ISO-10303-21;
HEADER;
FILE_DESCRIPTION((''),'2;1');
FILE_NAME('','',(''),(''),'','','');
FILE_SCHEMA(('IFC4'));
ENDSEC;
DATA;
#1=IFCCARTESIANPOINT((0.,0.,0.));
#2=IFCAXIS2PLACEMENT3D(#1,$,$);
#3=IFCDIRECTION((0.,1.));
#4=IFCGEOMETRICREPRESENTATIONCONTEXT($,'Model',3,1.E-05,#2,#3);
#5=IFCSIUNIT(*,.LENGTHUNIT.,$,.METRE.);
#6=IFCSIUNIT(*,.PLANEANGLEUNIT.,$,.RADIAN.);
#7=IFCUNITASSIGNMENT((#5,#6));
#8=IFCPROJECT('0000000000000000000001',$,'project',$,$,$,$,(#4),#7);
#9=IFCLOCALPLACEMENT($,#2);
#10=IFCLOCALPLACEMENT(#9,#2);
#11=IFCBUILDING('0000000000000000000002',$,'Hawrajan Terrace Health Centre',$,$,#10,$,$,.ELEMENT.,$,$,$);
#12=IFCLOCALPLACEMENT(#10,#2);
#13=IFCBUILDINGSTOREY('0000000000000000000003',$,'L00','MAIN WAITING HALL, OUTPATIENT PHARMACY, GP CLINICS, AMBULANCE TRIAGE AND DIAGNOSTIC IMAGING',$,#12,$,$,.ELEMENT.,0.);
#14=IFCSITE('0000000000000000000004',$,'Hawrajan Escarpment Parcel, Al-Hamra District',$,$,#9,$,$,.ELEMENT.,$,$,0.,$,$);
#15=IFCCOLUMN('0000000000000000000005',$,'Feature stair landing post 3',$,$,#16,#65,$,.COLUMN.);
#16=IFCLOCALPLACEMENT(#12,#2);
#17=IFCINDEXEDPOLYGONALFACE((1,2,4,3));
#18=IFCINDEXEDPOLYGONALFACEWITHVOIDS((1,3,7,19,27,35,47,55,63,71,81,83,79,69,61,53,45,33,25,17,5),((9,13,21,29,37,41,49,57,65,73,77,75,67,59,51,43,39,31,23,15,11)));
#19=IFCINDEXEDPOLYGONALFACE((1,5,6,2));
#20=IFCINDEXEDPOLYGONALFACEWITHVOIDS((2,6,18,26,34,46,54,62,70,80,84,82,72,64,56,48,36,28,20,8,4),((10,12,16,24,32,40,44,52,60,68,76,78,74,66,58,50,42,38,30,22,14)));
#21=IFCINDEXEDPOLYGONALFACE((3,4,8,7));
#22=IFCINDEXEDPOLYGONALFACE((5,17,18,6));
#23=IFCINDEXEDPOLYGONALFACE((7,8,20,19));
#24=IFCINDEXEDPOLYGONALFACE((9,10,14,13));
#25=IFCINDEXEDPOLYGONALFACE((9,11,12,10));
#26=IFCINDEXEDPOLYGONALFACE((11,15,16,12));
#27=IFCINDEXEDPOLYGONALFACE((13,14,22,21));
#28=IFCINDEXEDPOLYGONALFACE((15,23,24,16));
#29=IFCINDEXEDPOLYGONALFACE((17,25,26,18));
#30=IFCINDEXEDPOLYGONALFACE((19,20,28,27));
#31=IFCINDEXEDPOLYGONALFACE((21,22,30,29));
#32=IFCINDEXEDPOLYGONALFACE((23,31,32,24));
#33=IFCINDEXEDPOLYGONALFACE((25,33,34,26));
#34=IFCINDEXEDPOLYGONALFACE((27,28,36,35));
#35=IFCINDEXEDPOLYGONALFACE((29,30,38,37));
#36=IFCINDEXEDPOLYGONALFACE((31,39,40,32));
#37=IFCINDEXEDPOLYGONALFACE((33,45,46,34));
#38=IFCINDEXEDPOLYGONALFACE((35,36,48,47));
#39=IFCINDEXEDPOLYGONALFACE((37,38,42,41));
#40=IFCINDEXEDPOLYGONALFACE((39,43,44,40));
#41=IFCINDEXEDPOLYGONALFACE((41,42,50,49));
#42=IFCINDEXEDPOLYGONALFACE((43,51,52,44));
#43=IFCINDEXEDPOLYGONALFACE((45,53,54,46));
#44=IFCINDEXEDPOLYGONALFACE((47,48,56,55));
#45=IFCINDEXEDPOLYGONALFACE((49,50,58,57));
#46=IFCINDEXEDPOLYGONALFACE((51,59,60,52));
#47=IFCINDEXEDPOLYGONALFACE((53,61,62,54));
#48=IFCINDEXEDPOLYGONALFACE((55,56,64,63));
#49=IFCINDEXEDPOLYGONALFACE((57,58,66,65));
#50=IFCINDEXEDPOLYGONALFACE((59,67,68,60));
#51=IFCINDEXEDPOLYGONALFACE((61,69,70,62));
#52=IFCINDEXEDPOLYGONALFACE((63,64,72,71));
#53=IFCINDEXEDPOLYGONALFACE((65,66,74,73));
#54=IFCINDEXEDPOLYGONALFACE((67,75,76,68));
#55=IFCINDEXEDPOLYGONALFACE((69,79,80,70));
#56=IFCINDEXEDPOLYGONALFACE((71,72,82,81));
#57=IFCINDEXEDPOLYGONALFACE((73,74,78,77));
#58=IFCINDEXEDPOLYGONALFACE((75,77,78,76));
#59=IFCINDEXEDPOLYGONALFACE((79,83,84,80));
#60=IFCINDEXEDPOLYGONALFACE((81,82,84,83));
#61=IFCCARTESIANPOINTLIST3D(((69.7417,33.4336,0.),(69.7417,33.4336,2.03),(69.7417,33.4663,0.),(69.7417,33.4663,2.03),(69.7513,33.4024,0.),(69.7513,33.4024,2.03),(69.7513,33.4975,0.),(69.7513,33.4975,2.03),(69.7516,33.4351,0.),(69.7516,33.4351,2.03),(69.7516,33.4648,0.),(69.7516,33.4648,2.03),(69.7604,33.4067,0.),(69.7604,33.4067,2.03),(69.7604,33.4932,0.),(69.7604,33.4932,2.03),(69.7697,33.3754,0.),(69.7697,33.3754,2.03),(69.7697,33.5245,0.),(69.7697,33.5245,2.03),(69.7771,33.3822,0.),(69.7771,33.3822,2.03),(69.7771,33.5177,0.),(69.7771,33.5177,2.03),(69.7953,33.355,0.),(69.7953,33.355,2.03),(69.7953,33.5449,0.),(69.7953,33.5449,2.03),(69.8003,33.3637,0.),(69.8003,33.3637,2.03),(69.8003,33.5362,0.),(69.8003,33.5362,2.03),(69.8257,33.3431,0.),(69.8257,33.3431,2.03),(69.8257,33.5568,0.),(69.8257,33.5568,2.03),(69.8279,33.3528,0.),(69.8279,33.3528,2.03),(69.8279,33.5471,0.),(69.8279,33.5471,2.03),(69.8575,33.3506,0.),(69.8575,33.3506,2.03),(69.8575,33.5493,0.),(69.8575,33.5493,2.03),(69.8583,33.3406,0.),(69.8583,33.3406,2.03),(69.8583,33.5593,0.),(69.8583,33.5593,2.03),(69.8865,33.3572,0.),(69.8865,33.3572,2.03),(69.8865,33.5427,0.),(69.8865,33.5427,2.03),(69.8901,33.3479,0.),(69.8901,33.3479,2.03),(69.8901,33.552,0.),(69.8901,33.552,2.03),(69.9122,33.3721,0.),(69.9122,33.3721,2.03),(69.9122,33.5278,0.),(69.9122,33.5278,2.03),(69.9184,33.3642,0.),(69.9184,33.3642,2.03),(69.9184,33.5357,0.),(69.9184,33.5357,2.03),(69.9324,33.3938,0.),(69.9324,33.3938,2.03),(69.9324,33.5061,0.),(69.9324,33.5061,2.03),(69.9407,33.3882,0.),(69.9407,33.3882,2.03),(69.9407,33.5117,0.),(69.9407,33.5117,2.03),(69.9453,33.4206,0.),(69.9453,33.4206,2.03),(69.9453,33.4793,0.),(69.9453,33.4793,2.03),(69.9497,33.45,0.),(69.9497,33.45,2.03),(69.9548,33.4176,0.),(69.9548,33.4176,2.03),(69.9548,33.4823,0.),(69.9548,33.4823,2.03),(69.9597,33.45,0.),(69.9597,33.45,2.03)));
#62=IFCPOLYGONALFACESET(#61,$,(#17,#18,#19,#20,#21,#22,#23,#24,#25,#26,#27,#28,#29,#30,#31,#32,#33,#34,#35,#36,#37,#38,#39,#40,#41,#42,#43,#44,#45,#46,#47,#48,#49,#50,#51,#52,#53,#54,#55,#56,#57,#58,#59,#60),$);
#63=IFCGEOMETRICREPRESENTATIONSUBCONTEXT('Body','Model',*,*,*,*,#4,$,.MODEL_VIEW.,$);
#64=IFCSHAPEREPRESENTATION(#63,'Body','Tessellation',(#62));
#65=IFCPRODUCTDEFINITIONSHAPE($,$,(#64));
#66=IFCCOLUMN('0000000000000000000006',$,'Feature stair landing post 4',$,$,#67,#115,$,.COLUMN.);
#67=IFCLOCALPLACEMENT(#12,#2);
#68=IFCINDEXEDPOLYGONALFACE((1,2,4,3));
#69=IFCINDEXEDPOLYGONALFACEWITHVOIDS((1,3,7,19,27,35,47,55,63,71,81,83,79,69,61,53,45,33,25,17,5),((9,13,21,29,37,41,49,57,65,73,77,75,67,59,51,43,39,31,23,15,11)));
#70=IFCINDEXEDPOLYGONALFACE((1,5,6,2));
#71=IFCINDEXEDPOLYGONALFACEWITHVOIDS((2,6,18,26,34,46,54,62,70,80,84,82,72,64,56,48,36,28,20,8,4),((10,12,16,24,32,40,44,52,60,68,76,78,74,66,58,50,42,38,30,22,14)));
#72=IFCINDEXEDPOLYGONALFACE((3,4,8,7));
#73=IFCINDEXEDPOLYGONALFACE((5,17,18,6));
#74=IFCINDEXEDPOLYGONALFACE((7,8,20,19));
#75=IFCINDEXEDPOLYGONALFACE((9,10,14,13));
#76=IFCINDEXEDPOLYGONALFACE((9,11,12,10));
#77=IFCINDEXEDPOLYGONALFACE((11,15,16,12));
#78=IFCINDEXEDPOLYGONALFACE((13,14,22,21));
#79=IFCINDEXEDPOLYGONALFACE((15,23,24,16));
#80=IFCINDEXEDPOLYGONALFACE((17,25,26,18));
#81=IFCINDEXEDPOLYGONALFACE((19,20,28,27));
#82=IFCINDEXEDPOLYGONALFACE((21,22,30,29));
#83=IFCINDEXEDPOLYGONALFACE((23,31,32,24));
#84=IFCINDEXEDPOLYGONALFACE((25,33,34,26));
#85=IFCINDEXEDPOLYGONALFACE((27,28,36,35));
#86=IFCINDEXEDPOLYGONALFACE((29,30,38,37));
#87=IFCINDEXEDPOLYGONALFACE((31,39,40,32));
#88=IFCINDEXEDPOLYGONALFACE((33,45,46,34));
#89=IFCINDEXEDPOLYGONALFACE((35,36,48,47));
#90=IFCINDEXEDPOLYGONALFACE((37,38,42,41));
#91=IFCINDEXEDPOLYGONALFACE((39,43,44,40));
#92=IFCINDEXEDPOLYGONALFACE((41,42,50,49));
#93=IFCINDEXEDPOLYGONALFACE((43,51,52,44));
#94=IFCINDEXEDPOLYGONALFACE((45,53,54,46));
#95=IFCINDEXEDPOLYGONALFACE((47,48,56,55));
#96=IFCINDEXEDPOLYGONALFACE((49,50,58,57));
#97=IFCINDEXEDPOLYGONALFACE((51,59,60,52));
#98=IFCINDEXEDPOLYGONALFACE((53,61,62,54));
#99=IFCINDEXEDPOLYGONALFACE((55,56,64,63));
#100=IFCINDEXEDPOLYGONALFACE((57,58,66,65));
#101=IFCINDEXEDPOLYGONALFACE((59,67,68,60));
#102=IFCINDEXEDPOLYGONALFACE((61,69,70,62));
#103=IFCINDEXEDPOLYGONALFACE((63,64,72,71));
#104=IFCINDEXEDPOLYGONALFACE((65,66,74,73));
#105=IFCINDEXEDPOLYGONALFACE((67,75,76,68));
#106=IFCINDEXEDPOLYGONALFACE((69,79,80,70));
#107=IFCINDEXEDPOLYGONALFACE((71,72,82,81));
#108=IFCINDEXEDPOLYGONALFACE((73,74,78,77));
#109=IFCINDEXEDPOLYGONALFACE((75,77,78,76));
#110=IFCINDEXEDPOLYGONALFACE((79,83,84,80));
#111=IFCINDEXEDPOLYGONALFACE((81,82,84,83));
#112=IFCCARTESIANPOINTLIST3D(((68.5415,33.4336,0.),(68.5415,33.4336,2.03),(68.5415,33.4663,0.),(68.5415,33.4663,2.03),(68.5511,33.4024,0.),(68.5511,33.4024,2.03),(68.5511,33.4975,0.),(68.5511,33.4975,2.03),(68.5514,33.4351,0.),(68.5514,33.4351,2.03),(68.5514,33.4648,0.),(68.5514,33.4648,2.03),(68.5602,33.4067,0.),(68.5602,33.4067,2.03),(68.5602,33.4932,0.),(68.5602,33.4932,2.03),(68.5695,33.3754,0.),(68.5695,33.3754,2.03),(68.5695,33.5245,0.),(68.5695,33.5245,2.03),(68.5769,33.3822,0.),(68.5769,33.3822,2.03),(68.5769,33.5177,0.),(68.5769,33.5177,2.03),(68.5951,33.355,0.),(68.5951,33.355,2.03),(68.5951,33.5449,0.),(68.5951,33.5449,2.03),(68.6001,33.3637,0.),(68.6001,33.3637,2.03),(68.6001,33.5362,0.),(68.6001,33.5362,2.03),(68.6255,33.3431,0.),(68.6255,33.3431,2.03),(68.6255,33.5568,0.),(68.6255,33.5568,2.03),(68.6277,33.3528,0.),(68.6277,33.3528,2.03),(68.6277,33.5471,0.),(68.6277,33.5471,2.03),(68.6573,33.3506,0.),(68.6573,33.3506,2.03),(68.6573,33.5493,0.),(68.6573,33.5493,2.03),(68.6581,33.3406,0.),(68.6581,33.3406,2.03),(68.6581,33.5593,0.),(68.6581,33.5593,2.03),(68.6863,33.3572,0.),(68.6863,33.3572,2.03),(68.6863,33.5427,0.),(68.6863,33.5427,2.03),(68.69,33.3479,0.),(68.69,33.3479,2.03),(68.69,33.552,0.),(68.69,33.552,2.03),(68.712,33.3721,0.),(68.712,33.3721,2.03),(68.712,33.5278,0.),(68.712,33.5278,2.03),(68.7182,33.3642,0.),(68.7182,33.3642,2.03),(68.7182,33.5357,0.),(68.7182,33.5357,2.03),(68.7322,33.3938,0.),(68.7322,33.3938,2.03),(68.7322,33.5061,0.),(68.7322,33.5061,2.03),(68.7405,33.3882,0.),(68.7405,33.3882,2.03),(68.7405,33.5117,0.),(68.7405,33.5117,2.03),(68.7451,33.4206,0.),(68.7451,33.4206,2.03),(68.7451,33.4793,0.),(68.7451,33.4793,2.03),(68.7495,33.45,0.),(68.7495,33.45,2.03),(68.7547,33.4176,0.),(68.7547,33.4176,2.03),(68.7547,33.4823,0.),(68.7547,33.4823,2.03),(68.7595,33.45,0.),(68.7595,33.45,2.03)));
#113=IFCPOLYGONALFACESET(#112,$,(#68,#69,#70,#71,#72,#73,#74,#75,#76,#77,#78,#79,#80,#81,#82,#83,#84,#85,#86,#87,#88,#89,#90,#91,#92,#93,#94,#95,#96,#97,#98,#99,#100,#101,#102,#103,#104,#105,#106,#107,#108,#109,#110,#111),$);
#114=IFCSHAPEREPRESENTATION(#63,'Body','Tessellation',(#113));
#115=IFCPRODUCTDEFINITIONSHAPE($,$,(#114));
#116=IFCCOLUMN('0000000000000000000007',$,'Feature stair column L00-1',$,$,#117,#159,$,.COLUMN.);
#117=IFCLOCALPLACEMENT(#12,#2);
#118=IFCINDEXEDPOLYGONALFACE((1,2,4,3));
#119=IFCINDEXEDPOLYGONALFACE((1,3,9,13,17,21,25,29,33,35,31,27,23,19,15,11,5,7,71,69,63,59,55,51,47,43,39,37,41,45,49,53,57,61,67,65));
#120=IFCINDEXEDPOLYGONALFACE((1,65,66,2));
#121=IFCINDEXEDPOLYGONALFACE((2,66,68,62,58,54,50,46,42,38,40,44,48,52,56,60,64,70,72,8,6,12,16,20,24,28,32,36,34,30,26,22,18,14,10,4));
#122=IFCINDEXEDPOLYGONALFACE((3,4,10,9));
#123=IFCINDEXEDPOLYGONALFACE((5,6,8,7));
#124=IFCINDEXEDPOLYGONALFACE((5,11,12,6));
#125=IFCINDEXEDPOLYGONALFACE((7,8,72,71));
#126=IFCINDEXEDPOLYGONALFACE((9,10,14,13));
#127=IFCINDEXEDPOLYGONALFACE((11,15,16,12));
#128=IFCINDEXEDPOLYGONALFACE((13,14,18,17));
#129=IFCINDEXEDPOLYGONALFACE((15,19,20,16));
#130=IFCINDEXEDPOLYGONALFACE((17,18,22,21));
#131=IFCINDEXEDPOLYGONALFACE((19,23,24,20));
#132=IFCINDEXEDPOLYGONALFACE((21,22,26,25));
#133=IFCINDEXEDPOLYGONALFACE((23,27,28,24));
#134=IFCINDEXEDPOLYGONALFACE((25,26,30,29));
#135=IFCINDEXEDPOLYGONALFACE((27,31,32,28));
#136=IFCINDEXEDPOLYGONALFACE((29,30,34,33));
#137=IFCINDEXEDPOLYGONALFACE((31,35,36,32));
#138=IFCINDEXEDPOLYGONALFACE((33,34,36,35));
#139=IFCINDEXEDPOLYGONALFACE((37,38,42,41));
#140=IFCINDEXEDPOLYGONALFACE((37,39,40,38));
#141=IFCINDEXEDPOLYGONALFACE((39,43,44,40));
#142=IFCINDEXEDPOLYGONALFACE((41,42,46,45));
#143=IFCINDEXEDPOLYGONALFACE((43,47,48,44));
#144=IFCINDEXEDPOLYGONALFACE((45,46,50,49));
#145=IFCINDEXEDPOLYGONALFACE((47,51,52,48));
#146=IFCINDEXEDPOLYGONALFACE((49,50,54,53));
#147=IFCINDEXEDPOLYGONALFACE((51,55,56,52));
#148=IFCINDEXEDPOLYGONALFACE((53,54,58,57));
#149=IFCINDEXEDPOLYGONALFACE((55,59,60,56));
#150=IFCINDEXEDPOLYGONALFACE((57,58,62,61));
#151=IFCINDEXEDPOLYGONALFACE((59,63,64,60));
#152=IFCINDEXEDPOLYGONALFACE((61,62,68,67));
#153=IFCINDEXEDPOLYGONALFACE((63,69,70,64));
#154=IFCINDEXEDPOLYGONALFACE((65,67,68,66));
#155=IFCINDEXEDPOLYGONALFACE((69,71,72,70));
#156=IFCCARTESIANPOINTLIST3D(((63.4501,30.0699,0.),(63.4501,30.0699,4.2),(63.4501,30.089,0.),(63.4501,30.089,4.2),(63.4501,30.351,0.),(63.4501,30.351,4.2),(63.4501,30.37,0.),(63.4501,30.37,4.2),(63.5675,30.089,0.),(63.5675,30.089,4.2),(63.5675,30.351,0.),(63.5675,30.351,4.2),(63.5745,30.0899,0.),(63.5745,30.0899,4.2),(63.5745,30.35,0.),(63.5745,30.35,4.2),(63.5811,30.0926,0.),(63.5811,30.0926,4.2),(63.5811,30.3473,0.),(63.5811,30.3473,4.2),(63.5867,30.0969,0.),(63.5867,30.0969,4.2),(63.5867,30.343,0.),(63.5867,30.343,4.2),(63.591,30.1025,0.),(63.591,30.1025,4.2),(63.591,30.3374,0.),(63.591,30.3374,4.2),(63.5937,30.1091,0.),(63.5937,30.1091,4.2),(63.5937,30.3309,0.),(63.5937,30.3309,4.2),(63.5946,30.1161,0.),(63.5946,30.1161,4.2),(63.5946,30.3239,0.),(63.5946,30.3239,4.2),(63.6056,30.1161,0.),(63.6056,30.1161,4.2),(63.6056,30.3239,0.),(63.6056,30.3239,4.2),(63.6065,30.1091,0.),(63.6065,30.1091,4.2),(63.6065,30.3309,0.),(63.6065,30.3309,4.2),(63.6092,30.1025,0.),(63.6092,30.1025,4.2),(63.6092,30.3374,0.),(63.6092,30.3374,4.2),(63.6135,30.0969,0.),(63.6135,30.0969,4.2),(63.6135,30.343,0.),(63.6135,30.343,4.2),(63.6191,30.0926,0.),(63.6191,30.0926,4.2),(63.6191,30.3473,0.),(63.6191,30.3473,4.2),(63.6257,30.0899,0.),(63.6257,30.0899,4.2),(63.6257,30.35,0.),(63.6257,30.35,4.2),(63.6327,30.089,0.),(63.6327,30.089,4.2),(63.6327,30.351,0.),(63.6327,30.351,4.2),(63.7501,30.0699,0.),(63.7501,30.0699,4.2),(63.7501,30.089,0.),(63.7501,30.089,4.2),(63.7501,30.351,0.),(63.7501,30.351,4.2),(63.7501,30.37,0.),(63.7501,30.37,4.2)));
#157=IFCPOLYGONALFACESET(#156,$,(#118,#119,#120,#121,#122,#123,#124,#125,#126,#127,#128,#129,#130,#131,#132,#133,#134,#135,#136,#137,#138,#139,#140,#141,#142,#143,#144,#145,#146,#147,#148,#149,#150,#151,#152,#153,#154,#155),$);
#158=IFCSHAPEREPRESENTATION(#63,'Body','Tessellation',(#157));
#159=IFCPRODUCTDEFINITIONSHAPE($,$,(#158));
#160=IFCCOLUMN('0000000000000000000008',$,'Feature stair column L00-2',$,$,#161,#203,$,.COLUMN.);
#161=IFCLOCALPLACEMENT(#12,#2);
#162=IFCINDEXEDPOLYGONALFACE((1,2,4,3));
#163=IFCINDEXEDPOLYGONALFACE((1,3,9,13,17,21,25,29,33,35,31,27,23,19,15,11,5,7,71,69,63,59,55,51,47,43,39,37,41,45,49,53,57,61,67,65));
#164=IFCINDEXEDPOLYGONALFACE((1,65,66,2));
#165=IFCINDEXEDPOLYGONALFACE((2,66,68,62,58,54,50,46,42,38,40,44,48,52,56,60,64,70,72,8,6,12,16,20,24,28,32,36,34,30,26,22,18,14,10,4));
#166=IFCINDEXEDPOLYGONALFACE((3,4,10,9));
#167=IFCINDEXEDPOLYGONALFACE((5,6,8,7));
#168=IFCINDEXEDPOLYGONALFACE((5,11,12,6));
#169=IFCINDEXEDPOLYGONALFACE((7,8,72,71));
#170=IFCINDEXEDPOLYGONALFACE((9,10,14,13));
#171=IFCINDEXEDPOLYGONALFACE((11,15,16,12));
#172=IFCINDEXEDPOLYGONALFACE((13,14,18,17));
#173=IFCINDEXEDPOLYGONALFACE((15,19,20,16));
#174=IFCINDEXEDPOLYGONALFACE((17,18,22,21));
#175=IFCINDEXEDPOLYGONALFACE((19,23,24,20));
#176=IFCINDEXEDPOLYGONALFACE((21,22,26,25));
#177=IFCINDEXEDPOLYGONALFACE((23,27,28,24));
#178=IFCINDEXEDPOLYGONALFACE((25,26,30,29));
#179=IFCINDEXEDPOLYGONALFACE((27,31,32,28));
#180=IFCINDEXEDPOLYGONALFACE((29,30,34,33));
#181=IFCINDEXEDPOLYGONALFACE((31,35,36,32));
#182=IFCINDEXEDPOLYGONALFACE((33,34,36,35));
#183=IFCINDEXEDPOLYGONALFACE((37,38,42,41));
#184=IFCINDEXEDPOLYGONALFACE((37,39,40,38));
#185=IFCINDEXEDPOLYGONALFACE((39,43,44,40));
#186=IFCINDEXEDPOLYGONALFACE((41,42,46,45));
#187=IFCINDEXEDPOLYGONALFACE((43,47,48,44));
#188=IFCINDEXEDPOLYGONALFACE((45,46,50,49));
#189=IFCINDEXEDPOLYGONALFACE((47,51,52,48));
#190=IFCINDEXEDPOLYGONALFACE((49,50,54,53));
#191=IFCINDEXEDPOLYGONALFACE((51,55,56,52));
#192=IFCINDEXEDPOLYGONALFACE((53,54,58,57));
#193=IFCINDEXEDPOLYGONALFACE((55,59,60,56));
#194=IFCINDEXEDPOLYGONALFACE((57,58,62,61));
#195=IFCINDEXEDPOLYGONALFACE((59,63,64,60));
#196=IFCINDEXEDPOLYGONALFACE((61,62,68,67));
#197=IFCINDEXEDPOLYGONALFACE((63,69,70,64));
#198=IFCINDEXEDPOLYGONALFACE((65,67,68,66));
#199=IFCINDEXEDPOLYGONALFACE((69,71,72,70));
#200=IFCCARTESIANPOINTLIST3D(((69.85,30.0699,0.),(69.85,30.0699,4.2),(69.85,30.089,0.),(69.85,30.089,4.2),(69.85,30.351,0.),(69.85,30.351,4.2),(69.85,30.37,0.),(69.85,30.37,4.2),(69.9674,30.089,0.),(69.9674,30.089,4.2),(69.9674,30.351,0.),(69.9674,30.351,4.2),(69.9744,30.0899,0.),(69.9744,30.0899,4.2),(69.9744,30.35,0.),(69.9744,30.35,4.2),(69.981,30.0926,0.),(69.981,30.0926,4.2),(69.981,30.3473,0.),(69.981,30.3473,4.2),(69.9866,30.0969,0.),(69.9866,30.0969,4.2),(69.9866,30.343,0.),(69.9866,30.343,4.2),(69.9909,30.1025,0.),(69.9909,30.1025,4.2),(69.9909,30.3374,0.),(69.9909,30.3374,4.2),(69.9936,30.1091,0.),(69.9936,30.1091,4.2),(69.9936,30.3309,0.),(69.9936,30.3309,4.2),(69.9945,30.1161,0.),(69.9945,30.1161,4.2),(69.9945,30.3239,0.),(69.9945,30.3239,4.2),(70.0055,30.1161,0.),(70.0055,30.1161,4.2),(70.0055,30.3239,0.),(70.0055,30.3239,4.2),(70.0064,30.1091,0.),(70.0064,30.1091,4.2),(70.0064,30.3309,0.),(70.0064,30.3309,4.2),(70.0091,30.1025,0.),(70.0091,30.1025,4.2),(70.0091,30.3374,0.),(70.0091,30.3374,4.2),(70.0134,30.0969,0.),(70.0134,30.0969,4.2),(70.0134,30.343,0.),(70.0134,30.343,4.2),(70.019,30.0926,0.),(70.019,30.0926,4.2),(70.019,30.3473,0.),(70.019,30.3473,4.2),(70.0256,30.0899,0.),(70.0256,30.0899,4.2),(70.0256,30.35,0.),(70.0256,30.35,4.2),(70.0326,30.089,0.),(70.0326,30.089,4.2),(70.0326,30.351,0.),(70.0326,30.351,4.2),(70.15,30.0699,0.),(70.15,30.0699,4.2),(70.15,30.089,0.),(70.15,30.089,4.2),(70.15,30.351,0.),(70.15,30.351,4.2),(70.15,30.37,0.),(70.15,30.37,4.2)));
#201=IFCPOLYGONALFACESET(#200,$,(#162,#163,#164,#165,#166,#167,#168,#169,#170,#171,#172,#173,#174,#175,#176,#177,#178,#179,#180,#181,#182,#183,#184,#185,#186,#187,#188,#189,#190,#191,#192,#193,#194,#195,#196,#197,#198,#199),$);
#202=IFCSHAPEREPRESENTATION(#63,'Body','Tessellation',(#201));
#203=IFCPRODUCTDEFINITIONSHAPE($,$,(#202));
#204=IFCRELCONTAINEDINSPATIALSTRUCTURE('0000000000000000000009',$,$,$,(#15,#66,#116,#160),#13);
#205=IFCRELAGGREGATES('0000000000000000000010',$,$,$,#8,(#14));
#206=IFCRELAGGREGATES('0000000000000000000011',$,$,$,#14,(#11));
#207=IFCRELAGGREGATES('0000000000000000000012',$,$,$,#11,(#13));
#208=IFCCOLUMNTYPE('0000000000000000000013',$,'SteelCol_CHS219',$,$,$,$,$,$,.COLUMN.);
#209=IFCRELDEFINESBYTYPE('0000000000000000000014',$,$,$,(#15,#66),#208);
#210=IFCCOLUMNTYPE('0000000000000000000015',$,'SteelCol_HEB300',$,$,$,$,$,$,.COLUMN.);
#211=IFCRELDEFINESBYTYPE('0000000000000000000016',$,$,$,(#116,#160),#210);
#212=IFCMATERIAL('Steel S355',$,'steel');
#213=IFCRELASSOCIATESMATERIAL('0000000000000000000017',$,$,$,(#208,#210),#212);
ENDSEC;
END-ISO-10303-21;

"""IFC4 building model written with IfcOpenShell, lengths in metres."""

from ifc_helpers import new_model, si_unit, direction, frame, origin, origin_2d, place, context, subcontext, project, spatial, hollow_circle, i_section, extrude, material, material_profile, profile_set, type_object, element, save


model = new_model("IFC4")

# Units and contexts
model_context = context("Model", 3, precision=1e-05, world=origin(), true_north=direction((0.0, 1.0)))
body_context = subcontext(model_context, "Body", "Model", "MODEL_VIEW")
ifc_project = project(units=[si_unit("LENGTHUNIT", "METRE"), si_unit("PLANEANGLEUNIT", "RADIAN")], contexts=[model_context])

# Site, building, storey
site_placement = place(None, origin())
site = spatial("IfcSite", under=ifc_project, at=site_placement, Name="Hawrajan Escarpment Parcel, Al-Hamra District", CompositionType="ELEMENT", RefElevation=0.0)
building_placement = place(site_placement, origin())
building = spatial("IfcBuilding", under=site, at=building_placement, Name="Hawrajan Terrace Health Centre", CompositionType="ELEMENT")
storey_placement = place(building_placement, origin())
storey = spatial("IfcBuildingStorey", under=building, at=storey_placement, Name="L00", Description="MAIN WAITING HALL, OUTPATIENT PHARMACY, GP CLINICS, AMBULANCE TRIAGE AND DIAGNOSTIC IMAGING", CompositionType="ELEMENT", Elevation=0.0)

# Columns
ifc_material_1 = material(Name="Steel S355", Category="steel")
ifc_material_profile_1 = material_profile(ifc_material_1, hollow_circle(Radius=0.1096, WallThickness=0.01, at=origin_2d()), Name="CHS 219.1x10.0")
ifc_profile_set_1 = profile_set([ifc_material_profile_1], Name="Steel S355")
column_type_1 = type_object("IfcColumnType", Name="SteelCol_CHS219", PredefinedType="COLUMN", material=ifc_profile_set_1)
for number, where, z_axis, x_axis, name in (
    (1, (69.8501, 33.45, 0.0), (0.0, 0.0, 1.0), (1.0, 0.0, 0.0), "Feature stair landing post 3"),
    (2, (68.6499, 33.45, 0.0), (0.0, 0.0, 1.0), (1.0, 0.0, 0.0), "Feature stair landing post 4"),
):
    element("IfcColumn", number, at=place(storey_placement, frame(where, z_axis=z_axis, x_axis=x_axis)), inside=storey, type_object=column_type_1, Name=name, PredefinedType="COLUMN", context=body_context, shape_type="SweptSolid", body=[
        extrude(hollow_circle(Radius=0.1096, WallThickness=0.01, at=origin_2d()), origin(), (0.0, 0.0, 1.0), 2.03),
    ])
ifc_material_profile_2 = material_profile(ifc_material_1, i_section(OverallWidth=0.3, OverallDepth=0.3, WebThickness=0.011, FlangeThickness=0.019, FilletRadius=0.0271, at=origin_2d()), Name="HEB 300")
ifc_profile_set_2 = profile_set([ifc_material_profile_2], Name="Steel S355")
column_type_2 = type_object("IfcColumnType", Name="SteelCol_HEB300", PredefinedType="COLUMN", material=ifc_profile_set_2)
for number, where, z_axis, x_axis, name in (
    (3, (63.6001, 30.22, 0.0), (0.0, 0.0, 1.0), (1.0, 0.0, 0.0), "Feature stair column L00-1"),
    (4, (70.0, 30.22, 0.0), (0.0, 0.0, 1.0), (1.0, 0.0, 0.0), "Feature stair column L00-2"),
):
    element("IfcColumn", number, at=place(storey_placement, frame(where, z_axis=z_axis, x_axis=x_axis)), inside=storey, type_object=column_type_2, Name=name, PredefinedType="COLUMN", context=body_context, shape_type="SweptSolid", body=[
        extrude(i_section(OverallWidth=0.3, OverallDepth=0.3, WebThickness=0.011, FlangeThickness=0.019, FilletRadius=0.0271, at=origin_2d()), origin(), (0.0, 0.0, 1.0), 4.2),
    ])

save(model, "model.ifc")
